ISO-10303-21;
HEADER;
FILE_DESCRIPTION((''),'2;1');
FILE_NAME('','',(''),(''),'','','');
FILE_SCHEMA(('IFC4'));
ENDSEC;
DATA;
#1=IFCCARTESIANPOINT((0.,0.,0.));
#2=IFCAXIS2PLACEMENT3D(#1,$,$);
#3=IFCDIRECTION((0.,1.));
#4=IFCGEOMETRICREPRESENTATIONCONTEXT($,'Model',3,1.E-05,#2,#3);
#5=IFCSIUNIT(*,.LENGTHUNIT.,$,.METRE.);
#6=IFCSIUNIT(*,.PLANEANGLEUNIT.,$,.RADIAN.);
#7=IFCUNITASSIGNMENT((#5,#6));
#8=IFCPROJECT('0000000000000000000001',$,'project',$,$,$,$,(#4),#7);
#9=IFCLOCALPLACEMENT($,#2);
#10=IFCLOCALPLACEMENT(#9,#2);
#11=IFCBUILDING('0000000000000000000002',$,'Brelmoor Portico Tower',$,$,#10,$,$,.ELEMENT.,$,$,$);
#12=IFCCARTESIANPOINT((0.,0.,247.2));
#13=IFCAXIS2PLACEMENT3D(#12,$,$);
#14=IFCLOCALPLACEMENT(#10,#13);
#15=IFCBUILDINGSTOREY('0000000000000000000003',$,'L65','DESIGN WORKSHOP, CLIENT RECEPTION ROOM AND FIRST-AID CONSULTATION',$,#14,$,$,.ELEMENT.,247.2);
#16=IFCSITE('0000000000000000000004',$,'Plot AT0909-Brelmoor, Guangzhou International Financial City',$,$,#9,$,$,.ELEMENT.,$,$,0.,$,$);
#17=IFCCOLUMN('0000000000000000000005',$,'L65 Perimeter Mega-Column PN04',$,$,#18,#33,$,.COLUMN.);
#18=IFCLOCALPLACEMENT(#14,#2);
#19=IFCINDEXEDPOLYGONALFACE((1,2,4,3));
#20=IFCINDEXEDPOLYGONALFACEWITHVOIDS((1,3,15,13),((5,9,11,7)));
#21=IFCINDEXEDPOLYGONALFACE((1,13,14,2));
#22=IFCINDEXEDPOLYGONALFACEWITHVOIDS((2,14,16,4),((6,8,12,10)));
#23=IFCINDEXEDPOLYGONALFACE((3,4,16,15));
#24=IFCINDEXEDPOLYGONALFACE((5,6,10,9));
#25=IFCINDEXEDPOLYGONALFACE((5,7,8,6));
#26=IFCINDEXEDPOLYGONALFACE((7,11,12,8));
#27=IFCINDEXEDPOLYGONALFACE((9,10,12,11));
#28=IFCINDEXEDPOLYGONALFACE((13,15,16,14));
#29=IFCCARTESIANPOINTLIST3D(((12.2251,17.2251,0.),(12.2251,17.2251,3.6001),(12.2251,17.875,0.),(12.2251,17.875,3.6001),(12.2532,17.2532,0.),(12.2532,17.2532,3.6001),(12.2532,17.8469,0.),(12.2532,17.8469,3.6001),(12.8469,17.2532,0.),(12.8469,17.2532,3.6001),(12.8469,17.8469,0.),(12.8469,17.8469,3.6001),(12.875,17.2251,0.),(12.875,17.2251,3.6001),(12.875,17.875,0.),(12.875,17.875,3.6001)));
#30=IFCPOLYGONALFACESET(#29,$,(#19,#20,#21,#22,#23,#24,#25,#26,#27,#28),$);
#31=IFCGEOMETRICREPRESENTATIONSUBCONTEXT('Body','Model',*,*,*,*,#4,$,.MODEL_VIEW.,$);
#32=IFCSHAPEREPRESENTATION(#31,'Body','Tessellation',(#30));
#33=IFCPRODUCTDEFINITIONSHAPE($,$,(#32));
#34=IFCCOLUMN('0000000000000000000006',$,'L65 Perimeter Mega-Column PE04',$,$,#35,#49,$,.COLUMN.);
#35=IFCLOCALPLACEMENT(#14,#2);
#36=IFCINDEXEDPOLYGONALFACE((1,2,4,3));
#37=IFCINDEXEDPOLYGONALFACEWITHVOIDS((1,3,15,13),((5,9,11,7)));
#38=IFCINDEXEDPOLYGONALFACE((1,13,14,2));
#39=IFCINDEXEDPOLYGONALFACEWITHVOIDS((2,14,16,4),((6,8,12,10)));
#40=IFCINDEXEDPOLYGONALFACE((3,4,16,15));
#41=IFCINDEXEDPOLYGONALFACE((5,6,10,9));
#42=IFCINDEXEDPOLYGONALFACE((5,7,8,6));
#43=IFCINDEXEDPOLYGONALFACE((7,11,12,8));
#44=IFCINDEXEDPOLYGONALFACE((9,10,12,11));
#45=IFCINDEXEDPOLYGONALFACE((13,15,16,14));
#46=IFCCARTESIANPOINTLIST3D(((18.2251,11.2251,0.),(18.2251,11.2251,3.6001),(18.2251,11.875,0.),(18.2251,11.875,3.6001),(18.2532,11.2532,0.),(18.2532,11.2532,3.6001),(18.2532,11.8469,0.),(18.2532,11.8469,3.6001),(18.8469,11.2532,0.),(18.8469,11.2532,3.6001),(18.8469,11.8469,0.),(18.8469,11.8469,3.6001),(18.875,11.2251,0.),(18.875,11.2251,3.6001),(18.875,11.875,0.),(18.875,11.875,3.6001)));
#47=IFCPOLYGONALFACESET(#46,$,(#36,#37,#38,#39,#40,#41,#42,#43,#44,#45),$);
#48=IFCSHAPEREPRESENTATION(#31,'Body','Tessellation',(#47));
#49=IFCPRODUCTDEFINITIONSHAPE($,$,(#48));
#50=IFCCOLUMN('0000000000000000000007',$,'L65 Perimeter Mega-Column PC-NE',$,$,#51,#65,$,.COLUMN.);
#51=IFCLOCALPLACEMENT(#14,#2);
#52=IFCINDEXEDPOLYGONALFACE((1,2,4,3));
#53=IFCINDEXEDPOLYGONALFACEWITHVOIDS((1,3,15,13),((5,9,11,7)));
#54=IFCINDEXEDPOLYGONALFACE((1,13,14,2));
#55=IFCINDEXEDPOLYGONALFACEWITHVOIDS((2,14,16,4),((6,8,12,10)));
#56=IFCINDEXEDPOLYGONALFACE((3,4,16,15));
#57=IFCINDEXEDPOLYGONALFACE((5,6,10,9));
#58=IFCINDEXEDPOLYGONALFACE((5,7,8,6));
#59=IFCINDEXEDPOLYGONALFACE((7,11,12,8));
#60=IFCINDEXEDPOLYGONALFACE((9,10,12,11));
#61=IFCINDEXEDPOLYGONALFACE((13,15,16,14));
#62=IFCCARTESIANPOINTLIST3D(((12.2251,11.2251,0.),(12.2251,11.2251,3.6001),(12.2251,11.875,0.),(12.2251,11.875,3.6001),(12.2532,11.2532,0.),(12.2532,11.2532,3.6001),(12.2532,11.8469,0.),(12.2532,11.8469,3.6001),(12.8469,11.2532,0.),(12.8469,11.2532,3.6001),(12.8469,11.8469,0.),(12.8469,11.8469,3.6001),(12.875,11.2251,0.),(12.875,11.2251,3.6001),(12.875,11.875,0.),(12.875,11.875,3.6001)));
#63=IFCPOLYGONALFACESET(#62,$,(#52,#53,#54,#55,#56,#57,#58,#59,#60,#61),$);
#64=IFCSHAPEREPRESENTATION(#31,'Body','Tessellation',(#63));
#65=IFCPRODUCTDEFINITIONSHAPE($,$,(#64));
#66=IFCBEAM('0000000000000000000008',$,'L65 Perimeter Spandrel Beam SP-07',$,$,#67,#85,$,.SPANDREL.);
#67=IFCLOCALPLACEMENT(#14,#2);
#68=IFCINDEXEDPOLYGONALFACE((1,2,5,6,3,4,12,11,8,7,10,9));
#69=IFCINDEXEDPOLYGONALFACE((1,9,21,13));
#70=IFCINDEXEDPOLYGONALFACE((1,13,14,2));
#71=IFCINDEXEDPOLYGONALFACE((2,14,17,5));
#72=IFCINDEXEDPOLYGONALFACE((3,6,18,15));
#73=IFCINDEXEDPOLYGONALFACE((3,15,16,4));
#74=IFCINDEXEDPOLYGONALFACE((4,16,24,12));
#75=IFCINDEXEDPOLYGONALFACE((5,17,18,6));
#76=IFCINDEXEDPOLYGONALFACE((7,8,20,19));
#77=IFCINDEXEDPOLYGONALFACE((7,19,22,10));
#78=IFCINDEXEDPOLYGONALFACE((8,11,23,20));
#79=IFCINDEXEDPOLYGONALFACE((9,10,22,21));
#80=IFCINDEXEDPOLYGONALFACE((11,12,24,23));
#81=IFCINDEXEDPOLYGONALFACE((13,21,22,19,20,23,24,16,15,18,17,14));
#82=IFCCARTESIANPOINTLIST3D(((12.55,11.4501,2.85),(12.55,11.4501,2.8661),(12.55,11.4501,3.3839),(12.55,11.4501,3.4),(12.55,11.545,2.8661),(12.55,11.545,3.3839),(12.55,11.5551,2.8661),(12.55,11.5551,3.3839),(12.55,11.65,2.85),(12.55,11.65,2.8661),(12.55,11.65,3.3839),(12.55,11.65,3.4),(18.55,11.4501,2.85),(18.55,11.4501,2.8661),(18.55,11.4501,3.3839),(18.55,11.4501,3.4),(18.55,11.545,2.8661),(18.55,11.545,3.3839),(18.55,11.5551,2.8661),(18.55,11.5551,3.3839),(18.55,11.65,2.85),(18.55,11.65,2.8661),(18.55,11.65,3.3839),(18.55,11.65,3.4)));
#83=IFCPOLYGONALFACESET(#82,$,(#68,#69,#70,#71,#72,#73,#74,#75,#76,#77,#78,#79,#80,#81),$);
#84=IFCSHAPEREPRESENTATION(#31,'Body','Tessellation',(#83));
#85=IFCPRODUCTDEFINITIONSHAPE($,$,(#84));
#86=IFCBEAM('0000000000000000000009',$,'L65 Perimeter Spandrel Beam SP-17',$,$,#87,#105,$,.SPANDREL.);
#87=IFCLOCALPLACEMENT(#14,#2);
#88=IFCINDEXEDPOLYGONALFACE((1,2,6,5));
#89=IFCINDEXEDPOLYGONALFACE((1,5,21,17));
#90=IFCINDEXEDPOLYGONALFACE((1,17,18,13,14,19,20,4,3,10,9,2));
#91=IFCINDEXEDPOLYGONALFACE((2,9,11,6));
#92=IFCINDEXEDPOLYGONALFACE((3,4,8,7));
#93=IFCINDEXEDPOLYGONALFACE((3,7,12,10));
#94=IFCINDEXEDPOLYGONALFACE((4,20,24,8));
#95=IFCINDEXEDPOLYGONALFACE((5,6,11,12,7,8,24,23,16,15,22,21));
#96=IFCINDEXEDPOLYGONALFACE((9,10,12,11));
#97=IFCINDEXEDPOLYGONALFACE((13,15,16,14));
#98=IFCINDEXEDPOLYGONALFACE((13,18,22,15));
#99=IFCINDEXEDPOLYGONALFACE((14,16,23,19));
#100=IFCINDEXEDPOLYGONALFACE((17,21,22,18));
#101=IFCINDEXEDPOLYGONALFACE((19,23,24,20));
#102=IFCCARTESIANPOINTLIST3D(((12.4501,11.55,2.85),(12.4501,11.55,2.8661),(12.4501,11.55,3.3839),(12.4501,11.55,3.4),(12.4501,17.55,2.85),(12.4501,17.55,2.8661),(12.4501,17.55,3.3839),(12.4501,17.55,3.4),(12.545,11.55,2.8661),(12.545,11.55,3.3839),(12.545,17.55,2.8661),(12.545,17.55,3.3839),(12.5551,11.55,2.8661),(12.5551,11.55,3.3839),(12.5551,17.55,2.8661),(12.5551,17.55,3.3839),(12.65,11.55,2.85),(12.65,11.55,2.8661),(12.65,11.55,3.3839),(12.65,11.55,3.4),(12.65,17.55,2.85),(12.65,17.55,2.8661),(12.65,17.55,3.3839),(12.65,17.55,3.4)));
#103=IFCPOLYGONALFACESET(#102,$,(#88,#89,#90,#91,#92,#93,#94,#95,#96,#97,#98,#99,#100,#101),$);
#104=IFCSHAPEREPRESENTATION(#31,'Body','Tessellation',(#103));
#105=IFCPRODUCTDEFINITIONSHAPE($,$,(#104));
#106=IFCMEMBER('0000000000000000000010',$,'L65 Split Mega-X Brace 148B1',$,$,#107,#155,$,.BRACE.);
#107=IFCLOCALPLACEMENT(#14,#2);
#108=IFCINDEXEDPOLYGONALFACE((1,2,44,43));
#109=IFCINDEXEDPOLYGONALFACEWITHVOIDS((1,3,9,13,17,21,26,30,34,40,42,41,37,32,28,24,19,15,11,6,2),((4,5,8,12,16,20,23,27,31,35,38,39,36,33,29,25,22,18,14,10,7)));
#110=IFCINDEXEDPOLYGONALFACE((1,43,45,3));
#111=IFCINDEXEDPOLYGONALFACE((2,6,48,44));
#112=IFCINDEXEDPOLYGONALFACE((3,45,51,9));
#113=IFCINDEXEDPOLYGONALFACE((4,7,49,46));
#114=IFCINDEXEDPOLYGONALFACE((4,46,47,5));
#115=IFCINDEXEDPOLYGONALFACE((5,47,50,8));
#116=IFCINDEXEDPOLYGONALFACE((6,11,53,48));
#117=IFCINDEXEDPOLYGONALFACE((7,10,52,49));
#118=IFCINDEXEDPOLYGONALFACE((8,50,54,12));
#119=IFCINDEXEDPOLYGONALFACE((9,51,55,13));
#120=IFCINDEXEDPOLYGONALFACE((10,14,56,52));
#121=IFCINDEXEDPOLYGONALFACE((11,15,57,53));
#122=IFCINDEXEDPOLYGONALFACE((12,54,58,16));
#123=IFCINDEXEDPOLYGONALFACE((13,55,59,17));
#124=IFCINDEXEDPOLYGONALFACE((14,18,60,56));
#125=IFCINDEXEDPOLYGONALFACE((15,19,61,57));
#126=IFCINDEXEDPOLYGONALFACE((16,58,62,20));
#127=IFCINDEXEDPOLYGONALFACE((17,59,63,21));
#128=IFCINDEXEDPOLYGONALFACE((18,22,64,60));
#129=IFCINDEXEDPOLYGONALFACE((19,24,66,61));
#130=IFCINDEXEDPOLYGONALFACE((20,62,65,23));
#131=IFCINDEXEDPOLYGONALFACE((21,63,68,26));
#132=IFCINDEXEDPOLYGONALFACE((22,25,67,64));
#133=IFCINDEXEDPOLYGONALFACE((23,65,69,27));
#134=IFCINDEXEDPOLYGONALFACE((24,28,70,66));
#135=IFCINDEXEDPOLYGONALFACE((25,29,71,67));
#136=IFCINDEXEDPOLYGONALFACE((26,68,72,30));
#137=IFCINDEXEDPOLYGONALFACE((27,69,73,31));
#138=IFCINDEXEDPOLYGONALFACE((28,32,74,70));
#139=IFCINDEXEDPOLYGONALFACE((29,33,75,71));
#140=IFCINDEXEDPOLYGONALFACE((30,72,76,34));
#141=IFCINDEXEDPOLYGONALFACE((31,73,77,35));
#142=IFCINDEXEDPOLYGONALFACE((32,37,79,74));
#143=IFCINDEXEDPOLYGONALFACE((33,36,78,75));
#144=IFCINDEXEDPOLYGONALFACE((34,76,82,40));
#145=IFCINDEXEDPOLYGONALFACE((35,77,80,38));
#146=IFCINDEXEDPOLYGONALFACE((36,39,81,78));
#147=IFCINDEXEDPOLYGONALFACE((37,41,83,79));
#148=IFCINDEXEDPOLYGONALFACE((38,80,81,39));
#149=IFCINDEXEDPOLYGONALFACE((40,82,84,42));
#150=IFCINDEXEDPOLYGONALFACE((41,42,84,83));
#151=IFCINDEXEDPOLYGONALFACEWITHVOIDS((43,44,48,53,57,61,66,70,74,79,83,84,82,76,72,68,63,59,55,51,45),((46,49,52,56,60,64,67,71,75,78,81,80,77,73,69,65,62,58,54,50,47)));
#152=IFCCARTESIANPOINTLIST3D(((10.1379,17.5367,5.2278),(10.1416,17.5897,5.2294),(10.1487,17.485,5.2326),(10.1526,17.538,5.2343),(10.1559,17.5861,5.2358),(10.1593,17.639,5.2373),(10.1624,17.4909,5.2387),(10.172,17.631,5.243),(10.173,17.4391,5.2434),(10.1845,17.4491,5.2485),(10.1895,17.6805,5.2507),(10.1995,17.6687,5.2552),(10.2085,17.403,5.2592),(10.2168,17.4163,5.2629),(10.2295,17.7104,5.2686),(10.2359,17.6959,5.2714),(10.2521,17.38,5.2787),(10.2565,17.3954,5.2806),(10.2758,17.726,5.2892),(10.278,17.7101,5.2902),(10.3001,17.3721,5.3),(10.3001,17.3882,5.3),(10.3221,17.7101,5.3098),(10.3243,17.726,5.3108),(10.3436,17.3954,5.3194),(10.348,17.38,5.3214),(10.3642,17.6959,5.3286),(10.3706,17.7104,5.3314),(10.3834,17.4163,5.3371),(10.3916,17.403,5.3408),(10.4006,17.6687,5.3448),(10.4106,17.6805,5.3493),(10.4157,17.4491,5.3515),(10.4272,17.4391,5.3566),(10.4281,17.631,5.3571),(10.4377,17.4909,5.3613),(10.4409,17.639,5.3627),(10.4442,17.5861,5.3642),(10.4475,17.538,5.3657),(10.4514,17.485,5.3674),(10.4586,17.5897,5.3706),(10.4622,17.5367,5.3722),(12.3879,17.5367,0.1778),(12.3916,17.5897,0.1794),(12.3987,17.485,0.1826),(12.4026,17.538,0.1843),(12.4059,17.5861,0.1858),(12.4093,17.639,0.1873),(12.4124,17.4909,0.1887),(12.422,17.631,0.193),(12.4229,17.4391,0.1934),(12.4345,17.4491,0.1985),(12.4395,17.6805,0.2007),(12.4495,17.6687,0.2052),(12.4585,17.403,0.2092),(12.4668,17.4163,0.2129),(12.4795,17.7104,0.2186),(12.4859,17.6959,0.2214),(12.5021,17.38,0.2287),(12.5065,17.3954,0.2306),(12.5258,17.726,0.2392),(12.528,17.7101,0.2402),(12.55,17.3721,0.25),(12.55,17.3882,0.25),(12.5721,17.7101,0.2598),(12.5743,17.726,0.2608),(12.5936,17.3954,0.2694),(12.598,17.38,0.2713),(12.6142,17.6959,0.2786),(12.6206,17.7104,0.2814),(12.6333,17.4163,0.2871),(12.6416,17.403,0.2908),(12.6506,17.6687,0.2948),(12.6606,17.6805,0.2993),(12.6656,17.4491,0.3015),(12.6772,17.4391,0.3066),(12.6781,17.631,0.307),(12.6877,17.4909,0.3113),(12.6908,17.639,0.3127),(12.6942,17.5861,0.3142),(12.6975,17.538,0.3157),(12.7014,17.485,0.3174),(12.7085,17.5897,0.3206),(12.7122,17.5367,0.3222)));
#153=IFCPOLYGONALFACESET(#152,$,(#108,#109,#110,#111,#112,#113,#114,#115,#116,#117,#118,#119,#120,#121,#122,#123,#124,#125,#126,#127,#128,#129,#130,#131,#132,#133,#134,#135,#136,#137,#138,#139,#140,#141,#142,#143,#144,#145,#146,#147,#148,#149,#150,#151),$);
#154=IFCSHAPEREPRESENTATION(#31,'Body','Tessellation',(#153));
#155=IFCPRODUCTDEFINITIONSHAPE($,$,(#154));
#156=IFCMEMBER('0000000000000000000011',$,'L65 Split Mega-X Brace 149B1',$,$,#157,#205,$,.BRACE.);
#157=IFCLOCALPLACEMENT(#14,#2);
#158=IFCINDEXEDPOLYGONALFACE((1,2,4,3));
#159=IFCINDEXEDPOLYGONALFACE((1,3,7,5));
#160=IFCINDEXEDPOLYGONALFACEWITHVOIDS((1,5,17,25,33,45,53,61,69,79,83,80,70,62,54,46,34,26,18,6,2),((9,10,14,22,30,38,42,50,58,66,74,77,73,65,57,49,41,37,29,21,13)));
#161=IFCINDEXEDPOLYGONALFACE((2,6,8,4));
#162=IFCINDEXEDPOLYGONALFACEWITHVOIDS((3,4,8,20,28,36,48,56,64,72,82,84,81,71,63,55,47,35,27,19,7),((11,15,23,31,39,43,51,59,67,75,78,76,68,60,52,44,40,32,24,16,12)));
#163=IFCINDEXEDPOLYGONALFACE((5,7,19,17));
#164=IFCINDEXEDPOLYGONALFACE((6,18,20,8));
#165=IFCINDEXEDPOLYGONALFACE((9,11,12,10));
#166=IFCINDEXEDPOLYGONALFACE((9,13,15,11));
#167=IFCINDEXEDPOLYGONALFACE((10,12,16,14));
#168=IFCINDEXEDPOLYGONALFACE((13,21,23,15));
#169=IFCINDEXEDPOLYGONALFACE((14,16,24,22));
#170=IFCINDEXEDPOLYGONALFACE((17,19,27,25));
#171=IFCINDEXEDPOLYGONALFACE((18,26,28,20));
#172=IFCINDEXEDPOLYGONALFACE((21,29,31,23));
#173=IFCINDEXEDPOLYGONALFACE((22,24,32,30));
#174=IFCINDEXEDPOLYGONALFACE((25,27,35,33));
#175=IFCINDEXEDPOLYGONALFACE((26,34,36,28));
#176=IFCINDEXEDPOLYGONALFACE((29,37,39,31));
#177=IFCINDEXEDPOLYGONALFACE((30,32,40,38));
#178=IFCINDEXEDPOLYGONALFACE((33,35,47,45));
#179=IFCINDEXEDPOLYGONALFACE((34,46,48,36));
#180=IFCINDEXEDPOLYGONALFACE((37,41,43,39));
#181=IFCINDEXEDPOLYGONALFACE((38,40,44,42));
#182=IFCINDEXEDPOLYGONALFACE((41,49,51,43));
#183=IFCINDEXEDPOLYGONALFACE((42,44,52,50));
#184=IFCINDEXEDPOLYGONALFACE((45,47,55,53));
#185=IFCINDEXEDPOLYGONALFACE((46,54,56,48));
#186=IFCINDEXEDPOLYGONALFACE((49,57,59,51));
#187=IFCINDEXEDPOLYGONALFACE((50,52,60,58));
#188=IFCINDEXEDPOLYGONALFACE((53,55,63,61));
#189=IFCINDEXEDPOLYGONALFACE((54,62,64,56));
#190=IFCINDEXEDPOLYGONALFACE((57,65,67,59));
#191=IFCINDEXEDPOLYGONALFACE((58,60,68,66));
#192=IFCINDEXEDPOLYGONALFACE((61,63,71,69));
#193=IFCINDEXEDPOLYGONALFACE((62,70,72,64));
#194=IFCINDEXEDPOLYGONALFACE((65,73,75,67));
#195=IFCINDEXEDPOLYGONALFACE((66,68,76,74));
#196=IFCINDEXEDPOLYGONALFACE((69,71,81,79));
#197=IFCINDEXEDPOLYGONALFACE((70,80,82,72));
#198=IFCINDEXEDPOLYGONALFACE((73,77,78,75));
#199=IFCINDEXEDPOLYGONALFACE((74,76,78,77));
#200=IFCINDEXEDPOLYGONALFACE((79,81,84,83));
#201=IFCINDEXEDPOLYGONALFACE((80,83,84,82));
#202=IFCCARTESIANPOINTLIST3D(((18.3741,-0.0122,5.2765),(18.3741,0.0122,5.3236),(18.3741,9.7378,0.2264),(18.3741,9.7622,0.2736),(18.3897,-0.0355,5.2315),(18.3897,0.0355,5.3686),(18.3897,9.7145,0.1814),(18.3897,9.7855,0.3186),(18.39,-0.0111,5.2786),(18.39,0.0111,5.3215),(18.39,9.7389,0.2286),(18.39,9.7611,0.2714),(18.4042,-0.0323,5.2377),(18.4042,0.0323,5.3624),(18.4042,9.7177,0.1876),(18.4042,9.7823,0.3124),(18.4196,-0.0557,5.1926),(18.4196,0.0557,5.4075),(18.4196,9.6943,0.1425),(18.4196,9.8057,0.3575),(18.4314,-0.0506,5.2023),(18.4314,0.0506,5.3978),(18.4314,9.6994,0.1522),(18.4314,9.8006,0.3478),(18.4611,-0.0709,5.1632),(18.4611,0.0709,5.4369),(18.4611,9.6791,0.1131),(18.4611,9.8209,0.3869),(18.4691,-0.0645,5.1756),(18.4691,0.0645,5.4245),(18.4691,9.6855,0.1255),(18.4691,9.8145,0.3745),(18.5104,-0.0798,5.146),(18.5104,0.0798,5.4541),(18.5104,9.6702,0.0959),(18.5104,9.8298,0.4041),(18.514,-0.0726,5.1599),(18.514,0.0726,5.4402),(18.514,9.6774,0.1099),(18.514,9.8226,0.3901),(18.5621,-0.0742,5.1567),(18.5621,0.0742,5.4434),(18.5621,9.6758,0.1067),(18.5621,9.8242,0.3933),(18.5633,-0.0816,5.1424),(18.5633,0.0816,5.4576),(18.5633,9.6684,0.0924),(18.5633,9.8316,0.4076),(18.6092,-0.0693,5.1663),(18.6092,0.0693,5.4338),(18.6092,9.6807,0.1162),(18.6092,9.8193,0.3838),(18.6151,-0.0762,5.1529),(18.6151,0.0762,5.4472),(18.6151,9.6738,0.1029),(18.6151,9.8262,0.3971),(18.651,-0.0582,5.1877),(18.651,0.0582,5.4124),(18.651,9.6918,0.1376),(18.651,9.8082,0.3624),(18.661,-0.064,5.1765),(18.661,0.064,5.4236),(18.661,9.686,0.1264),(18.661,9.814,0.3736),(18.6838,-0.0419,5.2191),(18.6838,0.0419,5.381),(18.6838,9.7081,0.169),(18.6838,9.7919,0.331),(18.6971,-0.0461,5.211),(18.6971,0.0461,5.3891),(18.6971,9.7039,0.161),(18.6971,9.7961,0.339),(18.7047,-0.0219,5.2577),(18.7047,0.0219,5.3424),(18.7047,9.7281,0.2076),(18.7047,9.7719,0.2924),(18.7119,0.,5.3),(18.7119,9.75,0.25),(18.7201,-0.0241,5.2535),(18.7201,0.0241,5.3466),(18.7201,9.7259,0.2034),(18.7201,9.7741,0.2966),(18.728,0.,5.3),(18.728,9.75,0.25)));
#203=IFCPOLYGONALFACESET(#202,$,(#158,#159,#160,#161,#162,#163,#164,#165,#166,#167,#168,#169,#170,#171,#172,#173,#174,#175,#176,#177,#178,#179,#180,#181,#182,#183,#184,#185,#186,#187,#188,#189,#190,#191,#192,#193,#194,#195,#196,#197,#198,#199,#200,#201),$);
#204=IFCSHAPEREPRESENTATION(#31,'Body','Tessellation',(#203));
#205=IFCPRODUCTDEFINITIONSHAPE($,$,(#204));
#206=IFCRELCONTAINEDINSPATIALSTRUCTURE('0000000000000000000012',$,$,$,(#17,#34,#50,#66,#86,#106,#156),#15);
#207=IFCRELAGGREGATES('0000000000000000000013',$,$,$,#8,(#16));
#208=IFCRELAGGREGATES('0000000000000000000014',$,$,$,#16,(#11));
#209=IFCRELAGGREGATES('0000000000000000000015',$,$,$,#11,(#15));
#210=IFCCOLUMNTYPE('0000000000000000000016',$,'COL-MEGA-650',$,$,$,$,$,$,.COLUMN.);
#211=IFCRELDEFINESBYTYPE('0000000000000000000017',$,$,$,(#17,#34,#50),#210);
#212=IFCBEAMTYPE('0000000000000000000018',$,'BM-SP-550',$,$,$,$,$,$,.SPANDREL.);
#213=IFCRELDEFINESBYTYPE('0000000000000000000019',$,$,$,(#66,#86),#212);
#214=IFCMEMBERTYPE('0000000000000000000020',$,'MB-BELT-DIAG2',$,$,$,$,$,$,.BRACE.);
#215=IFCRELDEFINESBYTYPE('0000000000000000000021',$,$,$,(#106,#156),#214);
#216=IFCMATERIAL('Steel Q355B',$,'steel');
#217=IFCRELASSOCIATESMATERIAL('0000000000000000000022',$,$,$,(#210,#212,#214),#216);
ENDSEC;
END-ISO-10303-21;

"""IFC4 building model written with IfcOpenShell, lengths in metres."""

from ifc_helpers import new_model, si_unit, direction, frame, origin, origin_2d, place, context, subcontext, project, spatial, hollow_rectangle, hollow_circle, i_section, extrude, material, material_profile, profile_set, type_object, element, save


model = new_model("IFC4")

# Units and contexts
model_context = context("Model", 3, precision=1e-05, world=origin(), true_north=direction((0.0, 1.0)))
body_context = subcontext(model_context, "Body", "Model", "MODEL_VIEW")
ifc_project = project(units=[si_unit("LENGTHUNIT", "METRE"), si_unit("PLANEANGLEUNIT", "RADIAN")], contexts=[model_context])

# Site, building, storey
site_placement = place(None, origin())
site = spatial("IfcSite", under=ifc_project, at=site_placement, Name="Plot AT0909-Brelmoor, Guangzhou International Financial City", CompositionType="ELEMENT", RefElevation=0.0)
building_placement = place(site_placement, origin())
building = spatial("IfcBuilding", under=site, at=building_placement, Name="Brelmoor Portico Tower", CompositionType="ELEMENT")
storey_placement = place(building_placement, frame((0.0, 0.0, 247.2)))
storey = spatial("IfcBuildingStorey", under=building, at=storey_placement, Name="L65", Description="DESIGN WORKSHOP, CLIENT RECEPTION ROOM AND FIRST-AID CONSULTATION", CompositionType="ELEMENT", Elevation=247.2)

# Columns
ifc_material_1 = material(Name="Steel Q355B", Category="steel")
ifc_material_profile_1 = material_profile(ifc_material_1, hollow_rectangle(XDim=0.6499, YDim=0.6499, WallThickness=0.0281, at=origin_2d()), Name="BOX 650x650x28")
ifc_profile_set_1 = profile_set([ifc_material_profile_1], Name="Steel Q355B")
column_type = type_object("IfcColumnType", Name="COL-MEGA-650", PredefinedType="COLUMN", material=ifc_profile_set_1)
for number, where, z_axis, x_axis, name in (
    (1, (12.55, 17.55, 0.0), (0.0, 0.0, 1.0), (1.0, 0.0, 0.0), "L65 Perimeter Mega-Column PN04"),
    (2, (18.55, 11.55, 0.0), (0.0, 0.0, 1.0), (0.0, 1.0, 0.0), "L65 Perimeter Mega-Column PE04"),
    (3, (12.55, 11.55, 0.0), (0.0, 0.0, 1.0), (1.0, 0.0, 0.0), "L65 Perimeter Mega-Column PC-NE"),
):
    element("IfcColumn", number, at=place(storey_placement, frame(where, z_axis=z_axis, x_axis=x_axis)), inside=storey, type_object=column_type, Name=name, PredefinedType="COLUMN", context=body_context, shape_type="SweptSolid", body=[
        extrude(hollow_rectangle(XDim=0.6499, YDim=0.6499, WallThickness=0.0281, at=origin_2d()), origin(), (0.0, 0.0, 1.0), 3.6001),
    ])

# Beams
ifc_material_profile_2 = material_profile(ifc_material_1, i_section(OverallWidth=0.2, OverallDepth=0.55, WebThickness=0.01, FlangeThickness=0.0161, at=origin_2d()), Name="HN 550x200x10x16")
ifc_profile_set_2 = profile_set([ifc_material_profile_2], Name="Steel Q355B")
beam_type = type_object("IfcBeamType", Name="BM-SP-550", PredefinedType="SPANDREL", material=ifc_profile_set_2)
for number, where, z_axis, x_axis, name in (
    (4, (12.55, 11.55, 3.125), (1.0, 0.0, 0.0), (0.0, 1.0, 0.0), "L65 Perimeter Spandrel Beam SP-07"),
    (5, (12.55, 11.55, 3.125), (0.0, 1.0, 0.0), (-1.0, 0.0, 0.0), "L65 Perimeter Spandrel Beam SP-17"),
):
    element("IfcBeam", number, at=place(storey_placement, frame(where, z_axis=z_axis, x_axis=x_axis)), inside=storey, type_object=beam_type, Name=name, PredefinedType="SPANDREL", context=body_context, shape_type="SweptSolid", body=[
        extrude(i_section(OverallWidth=0.2, OverallDepth=0.55, WebThickness=0.01, FlangeThickness=0.0161, at=origin_2d()), origin(), (0.0, 0.0, 1.0), 6.0),
    ])

# Members
ifc_material_profile_3 = material_profile(ifc_material_1, hollow_circle(Radius=0.178, WallThickness=0.0161, at=origin_2d()), Name="CHS 356x16")
ifc_profile_set_3 = profile_set([ifc_material_profile_3], Name="Steel Q355B")
member_type_1 = type_object("IfcMemberType", Name="MB-BELT-DIAG2", PredefinedType="BRACE", material=ifc_profile_set_3)
member_1_placement = place(storey_placement, frame((12.55, 17.55, 0.25), z_axis=(-0.406974, 0.0, 0.91344), x_axis=(0.0, -1.0, 0.0)))
element("IfcMember", 6, at=member_1_placement, inside=storey, type_object=member_type_1, Name="L65 Split Mega-X Brace 148B1", PredefinedType="BRACE", context=body_context, shape_type="SweptSolid", body=[
    extrude(hollow_circle(Radius=0.178, WallThickness=0.0161, at=origin_2d()), origin(), (0.0, 0.0, 1.0), 5.5286),
])
member_2_placement = place(storey_placement, frame((18.55, 9.75, 0.25), z_axis=(0.0, -0.887959, 0.459922), x_axis=(1.0, 0.0, 0.0)))
element("IfcMember", 7, at=member_2_placement, inside=storey, type_object=member_type_1, Name="L65 Split Mega-X Brace 149B1", PredefinedType="BRACE", context=body_context, shape_type="SweptSolid", body=[
    extrude(hollow_circle(Radius=0.178, WallThickness=0.0161, at=origin_2d()), origin(), (0.0, 0.0, 1.0), 10.9802),
])

save(model, "model.ifc")
